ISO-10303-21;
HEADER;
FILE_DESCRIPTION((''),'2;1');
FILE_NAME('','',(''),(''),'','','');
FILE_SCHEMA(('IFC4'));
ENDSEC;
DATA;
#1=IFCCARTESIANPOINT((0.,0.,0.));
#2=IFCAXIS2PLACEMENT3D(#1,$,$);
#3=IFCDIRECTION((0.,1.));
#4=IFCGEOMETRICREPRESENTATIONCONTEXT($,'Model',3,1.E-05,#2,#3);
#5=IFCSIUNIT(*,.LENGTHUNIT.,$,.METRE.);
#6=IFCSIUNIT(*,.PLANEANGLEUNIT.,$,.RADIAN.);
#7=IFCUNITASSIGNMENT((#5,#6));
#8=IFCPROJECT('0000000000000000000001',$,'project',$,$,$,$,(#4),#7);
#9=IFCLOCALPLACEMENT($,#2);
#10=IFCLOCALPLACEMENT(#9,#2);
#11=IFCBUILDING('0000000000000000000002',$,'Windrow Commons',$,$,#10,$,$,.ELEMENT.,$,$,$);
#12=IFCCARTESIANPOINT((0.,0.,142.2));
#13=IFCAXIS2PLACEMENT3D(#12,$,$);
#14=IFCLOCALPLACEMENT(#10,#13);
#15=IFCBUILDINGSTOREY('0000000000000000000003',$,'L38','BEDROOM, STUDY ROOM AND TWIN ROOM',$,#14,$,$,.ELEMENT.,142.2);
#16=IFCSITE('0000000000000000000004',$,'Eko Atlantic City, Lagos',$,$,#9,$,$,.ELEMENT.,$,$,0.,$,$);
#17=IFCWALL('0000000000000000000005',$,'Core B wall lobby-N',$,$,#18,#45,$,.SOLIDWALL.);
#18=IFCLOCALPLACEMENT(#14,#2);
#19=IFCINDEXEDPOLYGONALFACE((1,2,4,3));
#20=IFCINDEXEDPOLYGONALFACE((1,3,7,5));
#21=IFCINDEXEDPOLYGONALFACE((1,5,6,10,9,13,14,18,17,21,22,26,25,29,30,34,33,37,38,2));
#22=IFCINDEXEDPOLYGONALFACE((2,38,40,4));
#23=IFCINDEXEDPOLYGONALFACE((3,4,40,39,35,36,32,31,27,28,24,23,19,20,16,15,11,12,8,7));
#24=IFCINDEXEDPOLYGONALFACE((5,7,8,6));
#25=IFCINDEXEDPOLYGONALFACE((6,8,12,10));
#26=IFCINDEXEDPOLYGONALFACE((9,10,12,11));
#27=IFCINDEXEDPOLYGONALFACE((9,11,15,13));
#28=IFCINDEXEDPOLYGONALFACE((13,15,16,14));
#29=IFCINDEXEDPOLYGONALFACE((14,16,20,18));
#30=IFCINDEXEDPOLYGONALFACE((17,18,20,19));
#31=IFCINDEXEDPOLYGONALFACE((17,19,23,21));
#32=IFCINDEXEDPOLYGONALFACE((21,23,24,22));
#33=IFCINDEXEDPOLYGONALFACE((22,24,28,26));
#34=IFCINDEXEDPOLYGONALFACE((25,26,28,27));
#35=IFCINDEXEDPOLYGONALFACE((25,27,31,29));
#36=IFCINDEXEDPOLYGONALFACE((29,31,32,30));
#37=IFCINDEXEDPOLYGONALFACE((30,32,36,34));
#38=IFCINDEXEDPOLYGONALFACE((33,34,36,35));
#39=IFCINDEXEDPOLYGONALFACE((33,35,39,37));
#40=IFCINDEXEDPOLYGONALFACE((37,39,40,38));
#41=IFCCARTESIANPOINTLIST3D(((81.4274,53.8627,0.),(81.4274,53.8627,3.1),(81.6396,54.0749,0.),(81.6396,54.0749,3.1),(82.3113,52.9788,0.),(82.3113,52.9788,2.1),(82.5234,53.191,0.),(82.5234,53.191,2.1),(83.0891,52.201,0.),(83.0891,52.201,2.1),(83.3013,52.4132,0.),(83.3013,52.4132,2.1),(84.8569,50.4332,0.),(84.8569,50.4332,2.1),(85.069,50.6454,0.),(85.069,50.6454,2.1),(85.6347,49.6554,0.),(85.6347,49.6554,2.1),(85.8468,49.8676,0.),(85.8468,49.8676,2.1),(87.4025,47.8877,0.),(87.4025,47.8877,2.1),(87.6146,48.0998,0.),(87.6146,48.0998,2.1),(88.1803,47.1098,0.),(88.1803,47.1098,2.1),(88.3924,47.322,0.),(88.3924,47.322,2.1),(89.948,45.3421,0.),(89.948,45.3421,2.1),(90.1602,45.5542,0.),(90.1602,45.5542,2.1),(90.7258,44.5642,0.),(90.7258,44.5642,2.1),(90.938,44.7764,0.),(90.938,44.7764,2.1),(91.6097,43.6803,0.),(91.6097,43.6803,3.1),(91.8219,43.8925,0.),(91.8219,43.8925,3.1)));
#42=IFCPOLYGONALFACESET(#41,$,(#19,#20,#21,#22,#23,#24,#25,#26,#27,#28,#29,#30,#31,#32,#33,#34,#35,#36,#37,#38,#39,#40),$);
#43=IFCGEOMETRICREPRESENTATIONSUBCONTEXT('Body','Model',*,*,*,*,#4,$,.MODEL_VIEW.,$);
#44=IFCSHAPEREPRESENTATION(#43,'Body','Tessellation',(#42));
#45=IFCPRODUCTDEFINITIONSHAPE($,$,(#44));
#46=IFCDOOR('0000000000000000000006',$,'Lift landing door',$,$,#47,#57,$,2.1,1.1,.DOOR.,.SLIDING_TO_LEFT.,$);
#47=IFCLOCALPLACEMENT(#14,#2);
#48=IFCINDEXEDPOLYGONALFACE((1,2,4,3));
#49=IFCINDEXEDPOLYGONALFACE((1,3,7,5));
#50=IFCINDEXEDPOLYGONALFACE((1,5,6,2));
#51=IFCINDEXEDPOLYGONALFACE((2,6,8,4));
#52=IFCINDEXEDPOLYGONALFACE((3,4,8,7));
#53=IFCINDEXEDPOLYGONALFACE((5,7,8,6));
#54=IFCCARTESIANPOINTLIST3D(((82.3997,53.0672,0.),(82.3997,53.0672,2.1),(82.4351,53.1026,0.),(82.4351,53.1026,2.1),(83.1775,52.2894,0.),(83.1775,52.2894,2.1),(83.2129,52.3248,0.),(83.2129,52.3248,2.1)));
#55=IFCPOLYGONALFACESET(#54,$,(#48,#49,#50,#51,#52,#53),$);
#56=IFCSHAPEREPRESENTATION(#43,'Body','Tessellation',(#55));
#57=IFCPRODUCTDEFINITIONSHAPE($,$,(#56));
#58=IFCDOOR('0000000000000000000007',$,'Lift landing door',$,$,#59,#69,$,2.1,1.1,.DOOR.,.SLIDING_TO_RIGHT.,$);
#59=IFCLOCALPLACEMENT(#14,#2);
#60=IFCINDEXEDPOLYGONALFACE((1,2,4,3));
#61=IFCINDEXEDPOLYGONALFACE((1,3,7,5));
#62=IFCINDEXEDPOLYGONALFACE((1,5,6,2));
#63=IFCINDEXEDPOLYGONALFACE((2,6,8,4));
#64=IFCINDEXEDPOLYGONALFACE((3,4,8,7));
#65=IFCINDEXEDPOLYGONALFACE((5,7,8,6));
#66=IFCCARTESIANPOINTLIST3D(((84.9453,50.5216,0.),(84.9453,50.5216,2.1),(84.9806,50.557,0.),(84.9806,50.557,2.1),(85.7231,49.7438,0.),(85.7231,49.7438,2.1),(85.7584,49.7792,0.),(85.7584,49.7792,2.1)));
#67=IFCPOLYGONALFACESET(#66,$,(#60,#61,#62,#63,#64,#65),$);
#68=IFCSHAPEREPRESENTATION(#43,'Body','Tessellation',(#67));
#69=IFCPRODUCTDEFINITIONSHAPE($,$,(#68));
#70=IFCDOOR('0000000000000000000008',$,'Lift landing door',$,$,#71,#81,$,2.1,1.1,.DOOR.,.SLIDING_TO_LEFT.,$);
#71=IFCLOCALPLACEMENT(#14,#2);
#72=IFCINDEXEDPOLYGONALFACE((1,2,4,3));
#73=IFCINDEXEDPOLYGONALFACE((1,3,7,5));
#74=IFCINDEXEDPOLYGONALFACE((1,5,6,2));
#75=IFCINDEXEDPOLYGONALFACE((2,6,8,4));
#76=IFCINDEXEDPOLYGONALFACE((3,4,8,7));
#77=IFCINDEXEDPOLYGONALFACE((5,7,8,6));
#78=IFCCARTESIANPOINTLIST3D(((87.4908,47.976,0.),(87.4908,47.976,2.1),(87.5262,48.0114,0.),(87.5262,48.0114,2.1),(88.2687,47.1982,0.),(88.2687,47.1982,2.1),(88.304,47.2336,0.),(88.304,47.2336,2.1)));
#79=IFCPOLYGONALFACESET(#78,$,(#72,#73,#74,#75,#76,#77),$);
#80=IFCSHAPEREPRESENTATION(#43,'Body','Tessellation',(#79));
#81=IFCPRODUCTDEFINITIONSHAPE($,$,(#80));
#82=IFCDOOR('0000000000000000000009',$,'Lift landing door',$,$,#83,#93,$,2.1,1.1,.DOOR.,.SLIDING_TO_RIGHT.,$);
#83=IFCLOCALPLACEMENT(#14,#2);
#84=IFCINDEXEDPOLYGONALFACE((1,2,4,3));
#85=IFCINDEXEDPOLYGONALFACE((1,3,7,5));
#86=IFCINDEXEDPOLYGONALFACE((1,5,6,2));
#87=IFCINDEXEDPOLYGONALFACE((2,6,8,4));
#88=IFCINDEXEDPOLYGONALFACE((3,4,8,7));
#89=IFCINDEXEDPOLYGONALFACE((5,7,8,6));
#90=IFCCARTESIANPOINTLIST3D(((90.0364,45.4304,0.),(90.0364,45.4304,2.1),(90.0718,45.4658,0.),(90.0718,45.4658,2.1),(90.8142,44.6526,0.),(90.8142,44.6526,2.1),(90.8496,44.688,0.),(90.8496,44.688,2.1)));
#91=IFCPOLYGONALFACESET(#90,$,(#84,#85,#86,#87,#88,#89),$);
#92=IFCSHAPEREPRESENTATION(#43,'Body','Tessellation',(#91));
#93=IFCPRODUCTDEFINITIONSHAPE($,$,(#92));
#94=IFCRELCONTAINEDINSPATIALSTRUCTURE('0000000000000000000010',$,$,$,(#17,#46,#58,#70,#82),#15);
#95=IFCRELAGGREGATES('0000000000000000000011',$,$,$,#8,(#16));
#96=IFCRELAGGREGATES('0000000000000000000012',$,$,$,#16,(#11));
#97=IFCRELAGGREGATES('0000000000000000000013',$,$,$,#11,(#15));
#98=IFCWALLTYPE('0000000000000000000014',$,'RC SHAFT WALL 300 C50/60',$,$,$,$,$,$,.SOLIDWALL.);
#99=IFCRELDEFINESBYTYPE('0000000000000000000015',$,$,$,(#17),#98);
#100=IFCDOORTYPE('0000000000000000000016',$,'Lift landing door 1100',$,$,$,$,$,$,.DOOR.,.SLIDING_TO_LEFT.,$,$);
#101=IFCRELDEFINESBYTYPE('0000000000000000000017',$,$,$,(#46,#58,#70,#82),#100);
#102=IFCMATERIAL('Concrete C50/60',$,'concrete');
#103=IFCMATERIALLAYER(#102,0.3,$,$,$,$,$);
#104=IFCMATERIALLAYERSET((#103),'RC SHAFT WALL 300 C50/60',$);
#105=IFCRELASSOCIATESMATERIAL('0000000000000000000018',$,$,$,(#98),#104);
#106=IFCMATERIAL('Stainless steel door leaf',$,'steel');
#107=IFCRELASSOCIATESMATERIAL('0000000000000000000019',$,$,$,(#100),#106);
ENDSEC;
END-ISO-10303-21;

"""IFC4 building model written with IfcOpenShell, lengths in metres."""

from ifc_helpers import new_model, si_unit, direction, frame, frame_2d, origin, place, context, subcontext, project, spatial, rectangle, extrude, material, layer, layer_set, type_object, element, fill, save


model = new_model("IFC4")

# Units and contexts
model_context = context("Model", 3, precision=1e-05, world=origin(), true_north=direction((0.0, 1.0)))
body_context = subcontext(model_context, "Body", "Model", "MODEL_VIEW")
ifc_project = project(units=[si_unit("LENGTHUNIT", "METRE"), si_unit("PLANEANGLEUNIT", "RADIAN")], contexts=[model_context])

# Site, building, storey
site_placement = place(None, origin())
site = spatial("IfcSite", under=ifc_project, at=site_placement, Name="Eko Atlantic City, Lagos", CompositionType="ELEMENT", RefElevation=0.0)
building_placement = place(site_placement, origin())
building = spatial("IfcBuilding", under=site, at=building_placement, Name="Windrow Commons", CompositionType="ELEMENT")
storey_placement = place(building_placement, frame((0.0, 0.0, 142.2)))
storey = spatial("IfcBuildingStorey", under=building, at=storey_placement, Name="L38", Description="BEDROOM, STUDY ROOM AND TWIN ROOM", CompositionType="ELEMENT", Elevation=142.2)

# Wall, openings, doors
ifc_material_1 = material(Name="Concrete C50/60", Category="concrete")
ifc_layer_1 = layer(ifc_material_1, 0.3)
ifc_layer_set_1 = layer_set([ifc_layer_1], Name="RC SHAFT WALL 300 C50/60")
wall_type_1 = type_object("IfcWallType", Name="RC SHAFT WALL 300 C50/60", PredefinedType="SOLIDWALL", material=ifc_layer_set_1)
ifc_material_2 = material(Name="Stainless steel door leaf", Category="steel")
door_type_1 = type_object("IfcDoorType", Name="Lift landing door 1100", OperationType="SLIDING_TO_LEFT", PredefinedType="DOOR", material=ifc_material_2)
wall_1_placement = place(storey_placement, frame((81.5335, 53.9688, 0.0), z_axis=(0.0, 0.0, 1.0), x_axis=(0.707103, -0.70711, 0.0)))
wall_1 = element("IfcWall", 1, at=wall_1_placement, inside=storey, type_object=wall_type_1, Name="Core B wall lobby-N", PredefinedType="SOLIDWALL", context=body_context, shape_type="SweptSolid", body=[
    extrude(rectangle(XDim=14.4, YDim=0.3, at=frame_2d((7.2, 0.0))), origin(), (0.0, 0.0, 1.0), 3.1),
])
opening_1_placement = place(wall_1_placement, frame((1.25, 0.0, 0.0)))
opening_1 = element("IfcOpeningElement", 2, at=opening_1_placement, cuts=wall_1, PredefinedType="OPENING", context=body_context, shape_type="SweptSolid", body=[
    extrude(rectangle(XDim=1.1, YDim=2.1, at=frame_2d((0.55, 1.05))), frame((0.0, 0.16, 0.0), z_axis=(0.0, -1.0, 0.0), x_axis=(1.0, 0.0, 0.0)), (0.0, 0.0, 1.0), 0.32),
])
opening_2_placement = place(wall_1_placement, frame((4.85, 0.0, 0.0)))
opening_2 = element("IfcOpeningElement", 3, at=opening_2_placement, cuts=wall_1, PredefinedType="OPENING", context=body_context, shape_type="SweptSolid", body=[
    extrude(rectangle(XDim=1.1, YDim=2.1, at=frame_2d((0.55, 1.05))), frame((0.0, 0.16, 0.0), z_axis=(0.0, -1.0, 0.0), x_axis=(1.0, 0.0, 0.0)), (0.0, 0.0, 1.0), 0.32),
])
opening_3_placement = place(wall_1_placement, frame((8.45, 0.0, 0.0)))
opening_3 = element("IfcOpeningElement", 4, at=opening_3_placement, cuts=wall_1, PredefinedType="OPENING", context=body_context, shape_type="SweptSolid", body=[
    extrude(rectangle(XDim=1.1, YDim=2.1, at=frame_2d((0.55, 1.05))), frame((0.0, 0.16, 0.0), z_axis=(0.0, -1.0, 0.0), x_axis=(1.0, 0.0, 0.0)), (0.0, 0.0, 1.0), 0.32),
])
opening_4_placement = place(wall_1_placement, frame((12.05, 0.0, 0.0)))
opening_4 = element("IfcOpeningElement", 5, at=opening_4_placement, cuts=wall_1, PredefinedType="OPENING", context=body_context, shape_type="SweptSolid", body=[
    extrude(rectangle(XDim=1.1, YDim=2.1, at=frame_2d((0.55, 1.05))), frame((0.0, 0.16, 0.0), z_axis=(0.0, -1.0, 0.0), x_axis=(1.0, 0.0, 0.0)), (0.0, 0.0, 1.0), 0.32),
])
door_1_placement = place(opening_1_placement, origin())
door_1 = element("IfcDoor", 6, at=door_1_placement, inside=storey, type_object=door_type_1, Name="Lift landing door", OperationType="SLIDING_TO_LEFT", OverallHeight=2.1, OverallWidth=1.1, PredefinedType="DOOR", context=body_context, shape_type="SweptSolid", body=[
    extrude(rectangle(XDim=1.1, YDim=2.1, at=frame_2d((0.55, 1.05))), frame((0.0, 0.025, 0.0), z_axis=(0.0, -1.0, 0.0), x_axis=(1.0, 0.0, 0.0)), (0.0, 0.0, 1.0), 0.05),
])
fill(opening_1, door_1)
door_2_placement = place(opening_2_placement, origin())
door_2 = element("IfcDoor", 7, at=door_2_placement, inside=storey, type_object=door_type_1, Name="Lift landing door", OperationType="SLIDING_TO_RIGHT", OverallHeight=2.1, OverallWidth=1.1, PredefinedType="DOOR", context=body_context, shape_type="SweptSolid", body=[
    extrude(rectangle(XDim=1.1, YDim=2.1, at=frame_2d((0.55, 1.05))), frame((0.0, 0.025, 0.0), z_axis=(0.0, -1.0, 0.0), x_axis=(1.0, 0.0, 0.0)), (0.0, 0.0, 1.0), 0.05),
])
fill(opening_2, door_2)
door_3_placement = place(opening_3_placement, origin())
door_3 = element("IfcDoor", 8, at=door_3_placement, inside=storey, type_object=door_type_1, Name="Lift landing door", OperationType="SLIDING_TO_LEFT", OverallHeight=2.1, OverallWidth=1.1, PredefinedType="DOOR", context=body_context, shape_type="SweptSolid", body=[
    extrude(rectangle(XDim=1.1, YDim=2.1, at=frame_2d((0.55, 1.05))), frame((0.0, 0.025, 0.0), z_axis=(0.0, -1.0, 0.0), x_axis=(1.0, 0.0, 0.0)), (0.0, 0.0, 1.0), 0.05),
])
fill(opening_3, door_3)
door_4_placement = place(opening_4_placement, origin())
door_4 = element("IfcDoor", 9, at=door_4_placement, inside=storey, type_object=door_type_1, Name="Lift landing door", OperationType="SLIDING_TO_RIGHT", OverallHeight=2.1, OverallWidth=1.1, PredefinedType="DOOR", context=body_context, shape_type="SweptSolid", body=[
    extrude(rectangle(XDim=1.1, YDim=2.1, at=frame_2d((0.55, 1.05))), frame((0.0, 0.025, 0.0), z_axis=(0.0, -1.0, 0.0), x_axis=(1.0, 0.0, 0.0)), (0.0, 0.0, 1.0), 0.05),
])
fill(opening_4, door_4)

save(model, "model.ifc")
